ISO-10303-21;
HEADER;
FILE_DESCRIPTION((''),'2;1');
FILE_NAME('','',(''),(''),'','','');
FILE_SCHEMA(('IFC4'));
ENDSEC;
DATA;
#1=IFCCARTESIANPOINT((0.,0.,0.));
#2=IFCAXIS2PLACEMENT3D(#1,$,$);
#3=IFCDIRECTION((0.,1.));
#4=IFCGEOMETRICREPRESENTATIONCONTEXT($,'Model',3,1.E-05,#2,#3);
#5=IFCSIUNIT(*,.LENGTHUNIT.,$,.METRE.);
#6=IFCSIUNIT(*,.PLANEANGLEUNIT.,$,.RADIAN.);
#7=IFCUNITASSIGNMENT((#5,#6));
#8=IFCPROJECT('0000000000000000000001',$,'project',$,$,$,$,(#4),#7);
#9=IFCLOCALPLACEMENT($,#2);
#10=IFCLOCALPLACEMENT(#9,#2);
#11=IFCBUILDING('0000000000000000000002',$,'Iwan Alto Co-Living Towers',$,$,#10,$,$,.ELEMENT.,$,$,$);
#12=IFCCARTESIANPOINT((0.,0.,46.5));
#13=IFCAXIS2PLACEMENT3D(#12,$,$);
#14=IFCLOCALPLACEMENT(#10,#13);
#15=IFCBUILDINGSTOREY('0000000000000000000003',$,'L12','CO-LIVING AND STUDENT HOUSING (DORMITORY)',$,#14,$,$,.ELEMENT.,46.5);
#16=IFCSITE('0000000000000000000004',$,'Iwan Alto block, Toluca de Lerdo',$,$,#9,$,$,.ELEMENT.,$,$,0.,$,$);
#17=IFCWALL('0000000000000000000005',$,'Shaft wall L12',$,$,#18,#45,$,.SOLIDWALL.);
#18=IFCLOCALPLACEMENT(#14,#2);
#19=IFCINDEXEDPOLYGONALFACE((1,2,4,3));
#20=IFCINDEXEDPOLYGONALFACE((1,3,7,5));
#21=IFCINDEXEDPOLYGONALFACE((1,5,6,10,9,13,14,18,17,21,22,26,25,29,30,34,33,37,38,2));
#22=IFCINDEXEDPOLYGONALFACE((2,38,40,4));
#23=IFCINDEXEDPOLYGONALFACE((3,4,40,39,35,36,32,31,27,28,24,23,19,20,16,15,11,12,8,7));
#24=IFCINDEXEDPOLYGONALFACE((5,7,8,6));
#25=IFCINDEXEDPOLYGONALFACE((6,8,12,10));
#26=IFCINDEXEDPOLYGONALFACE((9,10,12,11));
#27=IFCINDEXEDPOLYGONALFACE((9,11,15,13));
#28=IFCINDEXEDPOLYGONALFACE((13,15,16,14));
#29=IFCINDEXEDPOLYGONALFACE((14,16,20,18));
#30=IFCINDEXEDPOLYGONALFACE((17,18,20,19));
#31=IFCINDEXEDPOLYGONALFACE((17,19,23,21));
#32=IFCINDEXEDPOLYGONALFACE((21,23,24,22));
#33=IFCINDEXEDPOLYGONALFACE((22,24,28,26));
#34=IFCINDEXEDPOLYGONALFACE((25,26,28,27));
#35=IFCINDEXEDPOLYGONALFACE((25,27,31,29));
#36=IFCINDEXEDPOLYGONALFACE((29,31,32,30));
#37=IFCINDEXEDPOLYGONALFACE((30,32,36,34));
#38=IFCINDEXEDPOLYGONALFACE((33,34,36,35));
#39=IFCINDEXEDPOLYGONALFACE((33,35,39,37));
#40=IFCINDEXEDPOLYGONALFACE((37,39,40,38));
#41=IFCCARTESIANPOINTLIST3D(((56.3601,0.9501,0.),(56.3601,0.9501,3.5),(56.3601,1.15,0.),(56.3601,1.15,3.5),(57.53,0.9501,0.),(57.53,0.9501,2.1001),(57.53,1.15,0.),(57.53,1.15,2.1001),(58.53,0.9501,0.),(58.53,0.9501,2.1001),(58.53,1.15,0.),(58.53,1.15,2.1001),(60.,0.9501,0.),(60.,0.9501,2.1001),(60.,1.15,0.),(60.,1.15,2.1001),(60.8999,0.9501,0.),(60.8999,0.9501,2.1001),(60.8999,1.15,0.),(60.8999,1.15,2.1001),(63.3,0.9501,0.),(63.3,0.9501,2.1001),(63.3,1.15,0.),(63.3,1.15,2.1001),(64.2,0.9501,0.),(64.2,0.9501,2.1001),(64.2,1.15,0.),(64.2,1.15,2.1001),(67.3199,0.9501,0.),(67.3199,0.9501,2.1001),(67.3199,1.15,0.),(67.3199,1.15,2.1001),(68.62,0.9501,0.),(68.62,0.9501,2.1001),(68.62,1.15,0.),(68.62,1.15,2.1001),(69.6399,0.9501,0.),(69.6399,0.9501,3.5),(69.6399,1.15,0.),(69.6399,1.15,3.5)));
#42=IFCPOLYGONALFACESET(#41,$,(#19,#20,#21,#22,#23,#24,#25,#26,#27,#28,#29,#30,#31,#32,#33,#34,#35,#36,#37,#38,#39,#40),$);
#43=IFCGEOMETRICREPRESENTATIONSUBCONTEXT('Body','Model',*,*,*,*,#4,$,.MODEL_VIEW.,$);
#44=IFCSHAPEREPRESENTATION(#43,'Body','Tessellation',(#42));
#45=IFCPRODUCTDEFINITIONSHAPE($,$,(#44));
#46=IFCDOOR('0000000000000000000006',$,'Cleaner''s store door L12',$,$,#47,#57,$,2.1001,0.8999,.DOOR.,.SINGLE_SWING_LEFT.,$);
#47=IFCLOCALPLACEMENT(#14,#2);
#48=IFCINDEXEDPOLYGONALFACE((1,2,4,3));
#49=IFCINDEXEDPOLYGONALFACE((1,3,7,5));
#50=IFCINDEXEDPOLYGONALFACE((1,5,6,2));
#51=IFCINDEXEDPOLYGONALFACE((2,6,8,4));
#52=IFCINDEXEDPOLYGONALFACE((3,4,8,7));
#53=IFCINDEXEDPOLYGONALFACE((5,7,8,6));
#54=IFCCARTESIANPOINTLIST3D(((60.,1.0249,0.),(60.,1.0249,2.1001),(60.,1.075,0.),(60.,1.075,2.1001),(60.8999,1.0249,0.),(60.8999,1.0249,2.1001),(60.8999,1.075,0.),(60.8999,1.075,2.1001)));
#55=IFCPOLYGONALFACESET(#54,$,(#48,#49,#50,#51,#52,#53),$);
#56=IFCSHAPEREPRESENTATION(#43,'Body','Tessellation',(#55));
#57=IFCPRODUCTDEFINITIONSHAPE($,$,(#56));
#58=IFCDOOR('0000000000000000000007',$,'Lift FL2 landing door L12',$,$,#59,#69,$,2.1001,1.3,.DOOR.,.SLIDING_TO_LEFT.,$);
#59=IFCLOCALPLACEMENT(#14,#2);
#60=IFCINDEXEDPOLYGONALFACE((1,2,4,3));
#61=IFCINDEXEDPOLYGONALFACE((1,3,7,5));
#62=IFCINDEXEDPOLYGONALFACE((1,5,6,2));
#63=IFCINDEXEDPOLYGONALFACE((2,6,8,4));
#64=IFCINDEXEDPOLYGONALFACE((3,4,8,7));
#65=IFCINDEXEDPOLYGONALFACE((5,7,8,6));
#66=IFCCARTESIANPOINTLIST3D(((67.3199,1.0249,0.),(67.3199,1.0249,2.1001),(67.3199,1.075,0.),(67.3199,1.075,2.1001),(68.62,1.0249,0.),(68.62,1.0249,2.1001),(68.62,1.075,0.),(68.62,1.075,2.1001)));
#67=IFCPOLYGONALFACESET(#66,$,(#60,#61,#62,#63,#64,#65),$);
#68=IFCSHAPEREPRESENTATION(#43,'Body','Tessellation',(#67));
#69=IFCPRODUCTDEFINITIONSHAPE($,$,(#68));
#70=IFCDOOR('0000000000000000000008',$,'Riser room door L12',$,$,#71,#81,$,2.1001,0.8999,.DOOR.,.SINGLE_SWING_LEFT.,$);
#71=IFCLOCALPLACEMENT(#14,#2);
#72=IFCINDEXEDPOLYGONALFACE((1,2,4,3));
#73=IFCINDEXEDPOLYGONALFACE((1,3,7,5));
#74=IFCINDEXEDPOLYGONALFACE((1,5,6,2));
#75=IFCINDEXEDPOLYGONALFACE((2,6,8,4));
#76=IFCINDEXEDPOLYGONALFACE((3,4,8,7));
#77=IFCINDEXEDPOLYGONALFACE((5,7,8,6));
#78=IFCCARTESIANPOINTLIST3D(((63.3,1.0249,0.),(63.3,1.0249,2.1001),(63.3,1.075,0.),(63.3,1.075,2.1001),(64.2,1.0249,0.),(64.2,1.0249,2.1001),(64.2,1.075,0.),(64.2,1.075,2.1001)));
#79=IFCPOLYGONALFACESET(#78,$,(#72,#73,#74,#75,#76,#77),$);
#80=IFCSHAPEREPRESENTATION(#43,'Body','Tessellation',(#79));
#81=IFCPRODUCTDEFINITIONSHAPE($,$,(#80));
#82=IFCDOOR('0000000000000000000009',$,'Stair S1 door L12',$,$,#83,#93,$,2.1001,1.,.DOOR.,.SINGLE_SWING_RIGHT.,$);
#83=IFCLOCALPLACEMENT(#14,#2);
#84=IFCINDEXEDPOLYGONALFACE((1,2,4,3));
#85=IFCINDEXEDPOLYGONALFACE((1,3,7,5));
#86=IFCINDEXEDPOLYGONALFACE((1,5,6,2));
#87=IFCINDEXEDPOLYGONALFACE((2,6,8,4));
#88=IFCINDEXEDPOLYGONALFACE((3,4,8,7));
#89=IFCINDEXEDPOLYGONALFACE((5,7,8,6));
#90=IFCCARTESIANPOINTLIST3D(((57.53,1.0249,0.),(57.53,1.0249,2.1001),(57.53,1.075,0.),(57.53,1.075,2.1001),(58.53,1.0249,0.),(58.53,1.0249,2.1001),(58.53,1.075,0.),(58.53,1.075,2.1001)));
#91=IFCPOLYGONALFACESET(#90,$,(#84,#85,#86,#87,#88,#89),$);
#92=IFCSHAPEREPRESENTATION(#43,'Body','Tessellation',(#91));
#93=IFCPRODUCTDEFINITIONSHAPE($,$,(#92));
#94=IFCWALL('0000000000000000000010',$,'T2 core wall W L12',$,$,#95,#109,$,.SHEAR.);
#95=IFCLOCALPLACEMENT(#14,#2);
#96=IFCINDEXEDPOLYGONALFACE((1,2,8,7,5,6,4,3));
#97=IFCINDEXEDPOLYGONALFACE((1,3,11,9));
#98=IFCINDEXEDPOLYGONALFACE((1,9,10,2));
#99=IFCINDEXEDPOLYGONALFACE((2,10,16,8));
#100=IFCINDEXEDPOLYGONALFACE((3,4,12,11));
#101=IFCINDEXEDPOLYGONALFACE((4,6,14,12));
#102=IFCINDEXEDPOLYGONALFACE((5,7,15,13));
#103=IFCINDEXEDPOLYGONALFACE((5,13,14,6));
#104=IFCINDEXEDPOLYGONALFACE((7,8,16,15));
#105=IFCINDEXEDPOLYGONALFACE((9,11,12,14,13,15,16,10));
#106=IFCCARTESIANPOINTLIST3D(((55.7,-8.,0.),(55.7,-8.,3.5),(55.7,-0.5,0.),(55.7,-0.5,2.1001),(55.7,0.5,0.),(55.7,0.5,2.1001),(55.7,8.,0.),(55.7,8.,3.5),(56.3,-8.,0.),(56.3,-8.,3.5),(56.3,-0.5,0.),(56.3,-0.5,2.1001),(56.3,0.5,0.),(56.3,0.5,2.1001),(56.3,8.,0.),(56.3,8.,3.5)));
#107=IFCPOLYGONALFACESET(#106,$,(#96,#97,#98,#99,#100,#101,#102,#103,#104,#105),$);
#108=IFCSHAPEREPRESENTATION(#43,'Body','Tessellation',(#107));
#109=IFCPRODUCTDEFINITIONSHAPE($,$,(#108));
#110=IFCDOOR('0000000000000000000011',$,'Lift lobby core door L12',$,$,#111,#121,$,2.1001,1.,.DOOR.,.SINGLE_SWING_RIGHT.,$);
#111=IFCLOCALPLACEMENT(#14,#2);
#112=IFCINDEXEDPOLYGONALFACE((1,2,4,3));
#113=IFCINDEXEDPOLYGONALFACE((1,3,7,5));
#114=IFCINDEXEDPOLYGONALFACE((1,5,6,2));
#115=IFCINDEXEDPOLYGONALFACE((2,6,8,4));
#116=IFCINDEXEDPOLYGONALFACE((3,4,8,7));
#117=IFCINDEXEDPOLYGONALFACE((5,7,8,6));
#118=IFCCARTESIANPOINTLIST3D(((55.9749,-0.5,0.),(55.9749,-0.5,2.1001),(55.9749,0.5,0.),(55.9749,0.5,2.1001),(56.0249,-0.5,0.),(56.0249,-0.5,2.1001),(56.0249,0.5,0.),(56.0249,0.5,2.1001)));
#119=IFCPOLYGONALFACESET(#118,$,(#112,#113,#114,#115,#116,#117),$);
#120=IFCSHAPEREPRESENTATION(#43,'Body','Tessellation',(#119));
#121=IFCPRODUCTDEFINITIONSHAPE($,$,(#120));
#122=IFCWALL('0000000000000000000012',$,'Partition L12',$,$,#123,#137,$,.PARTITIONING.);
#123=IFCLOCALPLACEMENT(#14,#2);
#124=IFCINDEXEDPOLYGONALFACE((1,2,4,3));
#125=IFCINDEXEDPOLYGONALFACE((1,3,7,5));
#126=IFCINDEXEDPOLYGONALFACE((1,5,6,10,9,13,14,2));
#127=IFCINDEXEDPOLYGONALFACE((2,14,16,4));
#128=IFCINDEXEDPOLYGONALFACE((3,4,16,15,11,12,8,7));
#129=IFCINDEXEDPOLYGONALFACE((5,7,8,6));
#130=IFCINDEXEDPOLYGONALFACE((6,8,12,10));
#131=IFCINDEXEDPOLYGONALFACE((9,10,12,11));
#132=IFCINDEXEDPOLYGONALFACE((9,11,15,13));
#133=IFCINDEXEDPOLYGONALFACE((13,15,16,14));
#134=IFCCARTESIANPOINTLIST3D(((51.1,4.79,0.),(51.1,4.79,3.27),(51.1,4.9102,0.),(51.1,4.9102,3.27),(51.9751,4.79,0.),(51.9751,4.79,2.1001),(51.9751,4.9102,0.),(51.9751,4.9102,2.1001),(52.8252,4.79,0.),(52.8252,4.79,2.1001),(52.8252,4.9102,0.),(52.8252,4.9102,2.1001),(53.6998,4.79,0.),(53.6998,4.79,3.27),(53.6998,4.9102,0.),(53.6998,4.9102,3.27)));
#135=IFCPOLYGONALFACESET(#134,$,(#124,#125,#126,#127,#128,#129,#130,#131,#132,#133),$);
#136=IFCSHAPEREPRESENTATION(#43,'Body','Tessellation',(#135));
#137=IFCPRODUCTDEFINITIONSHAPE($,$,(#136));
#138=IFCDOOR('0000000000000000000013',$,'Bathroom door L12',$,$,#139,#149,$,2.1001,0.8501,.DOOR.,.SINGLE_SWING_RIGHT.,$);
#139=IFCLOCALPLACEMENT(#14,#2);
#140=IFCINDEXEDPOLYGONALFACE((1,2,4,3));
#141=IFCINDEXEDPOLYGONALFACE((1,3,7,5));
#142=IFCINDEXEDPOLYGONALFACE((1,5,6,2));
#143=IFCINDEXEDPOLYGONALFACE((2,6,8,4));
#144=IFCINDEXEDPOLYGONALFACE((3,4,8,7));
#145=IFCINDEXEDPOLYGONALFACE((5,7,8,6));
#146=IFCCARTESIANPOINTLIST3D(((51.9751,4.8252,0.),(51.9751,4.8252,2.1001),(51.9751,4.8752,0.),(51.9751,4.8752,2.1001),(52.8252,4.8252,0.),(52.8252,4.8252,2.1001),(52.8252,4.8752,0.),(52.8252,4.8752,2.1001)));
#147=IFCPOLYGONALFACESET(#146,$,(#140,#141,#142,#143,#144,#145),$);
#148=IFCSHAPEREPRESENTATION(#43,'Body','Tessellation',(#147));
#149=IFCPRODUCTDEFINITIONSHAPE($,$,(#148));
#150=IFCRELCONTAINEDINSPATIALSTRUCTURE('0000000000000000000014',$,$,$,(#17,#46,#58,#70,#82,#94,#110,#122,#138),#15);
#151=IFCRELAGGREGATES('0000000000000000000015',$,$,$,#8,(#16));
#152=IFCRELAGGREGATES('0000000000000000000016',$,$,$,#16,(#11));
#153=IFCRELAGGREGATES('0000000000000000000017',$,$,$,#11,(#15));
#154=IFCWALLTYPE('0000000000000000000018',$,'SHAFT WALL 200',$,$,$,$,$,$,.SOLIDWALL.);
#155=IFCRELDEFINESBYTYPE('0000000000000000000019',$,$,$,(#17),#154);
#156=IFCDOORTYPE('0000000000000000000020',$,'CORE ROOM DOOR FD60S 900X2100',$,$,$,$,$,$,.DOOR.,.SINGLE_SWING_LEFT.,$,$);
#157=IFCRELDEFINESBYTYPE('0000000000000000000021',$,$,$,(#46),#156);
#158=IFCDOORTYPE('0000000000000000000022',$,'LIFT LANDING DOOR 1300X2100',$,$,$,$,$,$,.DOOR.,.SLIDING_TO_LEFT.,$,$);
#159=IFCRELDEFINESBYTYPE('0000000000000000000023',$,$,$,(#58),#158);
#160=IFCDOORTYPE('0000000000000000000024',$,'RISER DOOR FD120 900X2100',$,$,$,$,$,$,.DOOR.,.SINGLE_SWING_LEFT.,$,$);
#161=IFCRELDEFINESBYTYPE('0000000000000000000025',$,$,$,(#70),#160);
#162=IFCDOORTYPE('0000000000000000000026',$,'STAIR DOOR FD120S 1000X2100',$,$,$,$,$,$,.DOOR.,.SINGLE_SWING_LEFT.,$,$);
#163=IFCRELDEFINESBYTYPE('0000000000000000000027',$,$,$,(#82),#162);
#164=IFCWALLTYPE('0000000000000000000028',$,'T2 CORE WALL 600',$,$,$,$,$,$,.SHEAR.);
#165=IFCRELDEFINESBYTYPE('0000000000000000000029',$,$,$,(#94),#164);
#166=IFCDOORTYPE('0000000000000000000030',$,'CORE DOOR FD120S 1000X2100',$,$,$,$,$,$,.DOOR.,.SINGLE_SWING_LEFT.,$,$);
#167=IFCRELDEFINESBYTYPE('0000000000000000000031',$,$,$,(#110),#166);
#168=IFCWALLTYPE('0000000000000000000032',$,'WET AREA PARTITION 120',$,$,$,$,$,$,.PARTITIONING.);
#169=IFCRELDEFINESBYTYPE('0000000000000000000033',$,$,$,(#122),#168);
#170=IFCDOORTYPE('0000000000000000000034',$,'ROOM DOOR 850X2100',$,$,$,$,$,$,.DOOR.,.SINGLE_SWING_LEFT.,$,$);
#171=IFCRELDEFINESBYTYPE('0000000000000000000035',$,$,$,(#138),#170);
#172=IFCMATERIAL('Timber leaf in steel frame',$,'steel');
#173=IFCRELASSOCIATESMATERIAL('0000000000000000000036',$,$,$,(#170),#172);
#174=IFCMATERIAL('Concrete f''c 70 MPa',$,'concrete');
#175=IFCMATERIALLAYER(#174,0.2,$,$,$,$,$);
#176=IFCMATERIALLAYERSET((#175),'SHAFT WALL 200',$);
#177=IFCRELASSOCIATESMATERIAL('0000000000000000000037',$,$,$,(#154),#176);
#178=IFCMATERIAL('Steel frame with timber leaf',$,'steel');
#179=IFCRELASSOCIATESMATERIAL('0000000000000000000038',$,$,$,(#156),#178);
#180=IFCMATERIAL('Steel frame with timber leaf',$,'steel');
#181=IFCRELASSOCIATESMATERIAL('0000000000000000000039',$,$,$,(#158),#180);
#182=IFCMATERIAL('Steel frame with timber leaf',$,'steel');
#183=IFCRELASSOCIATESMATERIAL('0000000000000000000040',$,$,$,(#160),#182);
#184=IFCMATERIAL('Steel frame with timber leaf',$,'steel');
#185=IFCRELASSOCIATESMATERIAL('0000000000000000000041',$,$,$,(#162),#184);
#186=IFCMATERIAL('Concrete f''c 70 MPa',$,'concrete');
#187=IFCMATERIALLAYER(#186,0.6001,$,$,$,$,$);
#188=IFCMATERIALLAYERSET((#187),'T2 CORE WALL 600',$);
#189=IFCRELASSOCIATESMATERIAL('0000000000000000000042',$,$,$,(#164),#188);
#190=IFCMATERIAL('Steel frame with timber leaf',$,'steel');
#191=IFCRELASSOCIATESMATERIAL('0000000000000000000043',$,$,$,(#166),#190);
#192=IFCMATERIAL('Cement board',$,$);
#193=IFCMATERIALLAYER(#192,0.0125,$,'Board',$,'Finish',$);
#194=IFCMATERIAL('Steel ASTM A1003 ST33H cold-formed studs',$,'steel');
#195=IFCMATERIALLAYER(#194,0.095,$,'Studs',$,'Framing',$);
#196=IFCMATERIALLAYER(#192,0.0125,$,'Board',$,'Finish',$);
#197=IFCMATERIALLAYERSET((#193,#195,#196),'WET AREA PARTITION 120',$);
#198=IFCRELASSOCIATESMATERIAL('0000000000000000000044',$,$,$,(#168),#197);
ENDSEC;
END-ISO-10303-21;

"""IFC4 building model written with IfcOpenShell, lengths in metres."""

from ifc_helpers import new_model, si_unit, direction, frame, frame_2d, origin, place, context, subcontext, project, spatial, rectangle, extrude, material, layer, layer_set, type_object, element, fill, save


model = new_model("IFC4")

# Units and contexts
model_context = context("Model", 3, precision=1e-05, world=origin(), true_north=direction((0.0, 1.0)))
body_context = subcontext(model_context, "Body", "Model", "MODEL_VIEW")
ifc_project = project(units=[si_unit("LENGTHUNIT", "METRE"), si_unit("PLANEANGLEUNIT", "RADIAN")], contexts=[model_context])

# Site, building, storey
site_placement = place(None, origin())
site = spatial("IfcSite", under=ifc_project, at=site_placement, Name="Iwan Alto block, Toluca de Lerdo", CompositionType="ELEMENT", RefElevation=0.0)
building_placement = place(site_placement, origin())
building = spatial("IfcBuilding", under=site, at=building_placement, Name="Iwan Alto Co-Living Towers", CompositionType="ELEMENT")
storey_placement = place(building_placement, frame((0.0, 0.0, 46.5)))
storey = spatial("IfcBuildingStorey", under=building, at=storey_placement, Name="L12", Description="CO-LIVING AND STUDENT HOUSING (DORMITORY)", CompositionType="ELEMENT", Elevation=46.5)

# Shared definitions
ifc_material_1 = material(Name="Steel ASTM A1003 ST33H cold-formed studs", Category="steel")

# Shared definitions
ifc_material_2 = material(Name="Timber leaf in steel frame", Category="steel")
door_type_1 = type_object("IfcDoorType", Name="ROOM DOOR 850X2100", OperationType="SINGLE_SWING_LEFT", PredefinedType="DOOR", material=ifc_material_2)

# Wall, openings, doors
ifc_material_3 = material(Name="Concrete f'c 70 MPa", Category="concrete")
ifc_layer_1 = layer(ifc_material_3, 0.2)
ifc_layer_set_1 = layer_set([ifc_layer_1], Name="SHAFT WALL 200")
wall_type_1 = type_object("IfcWallType", Name="SHAFT WALL 200", PredefinedType="SOLIDWALL", material=ifc_layer_set_1)
wall_1_placement = place(storey_placement, frame((56.3601, 1.05, 0.0), z_axis=(0.0, 0.0, 1.0), x_axis=(1.0, 0.0, 0.0)))
wall_1 = element("IfcWall", 1, at=wall_1_placement, inside=storey, type_object=wall_type_1, Name="Shaft wall L12", PredefinedType="SOLIDWALL", context=body_context, shape_type="SweptSolid", body=[
    extrude(rectangle(XDim=13.2798, YDim=0.2, at=frame_2d((6.6399, 0.0))), origin(), (0.0, 0.0, 1.0), 3.5),
])
opening_1_placement = place(wall_1_placement, frame((1.1699, 0.0, 0.0)))
opening_1 = element("IfcOpeningElement", 2, at=opening_1_placement, cuts=wall_1, PredefinedType="OPENING", context=body_context, shape_type="SweptSolid", body=[
    extrude(rectangle(XDim=1.0, YDim=2.1001, at=frame_2d((0.5, 1.05))), frame((0.0, 0.1099, 0.0), z_axis=(0.0, -1.0, 0.0), x_axis=(1.0, 0.0, 0.0)), (0.0, 0.0, 1.0), 0.22),
])
opening_2_placement = place(wall_1_placement, frame((6.9399, 0.0, 0.0)))
opening_2 = element("IfcOpeningElement", 3, at=opening_2_placement, cuts=wall_1, PredefinedType="OPENING", context=body_context, shape_type="SweptSolid", body=[
    extrude(rectangle(XDim=0.8999, YDim=2.1001, at=frame_2d((0.45, 1.05))), frame((0.0, 0.1099, 0.0), z_axis=(0.0, -1.0, 0.0), x_axis=(1.0, 0.0, 0.0)), (0.0, 0.0, 1.0), 0.22),
])
opening_3_placement = place(wall_1_placement, frame((3.6399, 0.0, 0.0)))
opening_3 = element("IfcOpeningElement", 4, at=opening_3_placement, cuts=wall_1, PredefinedType="OPENING", context=body_context, shape_type="SweptSolid", body=[
    extrude(rectangle(XDim=0.8999, YDim=2.1001, at=frame_2d((0.45, 1.05))), frame((0.0, 0.1099, 0.0), z_axis=(0.0, -1.0, 0.0), x_axis=(1.0, 0.0, 0.0)), (0.0, 0.0, 1.0), 0.22),
])
opening_4_placement = place(wall_1_placement, frame((10.96, 0.0, 0.0)))
opening_4 = element("IfcOpeningElement", 5, at=opening_4_placement, cuts=wall_1, PredefinedType="OPENING", context=body_context, shape_type="SweptSolid", body=[
    extrude(rectangle(XDim=1.3, YDim=2.1001, at=frame_2d((0.6499, 1.05))), frame((0.0, 0.1099, 0.0), z_axis=(0.0, -1.0, 0.0), x_axis=(1.0, 0.0, 0.0)), (0.0, 0.0, 1.0), 0.22),
])
ifc_material_4 = material(Name="Steel frame with timber leaf", Category="steel")
door_type_2 = type_object("IfcDoorType", Name="CORE ROOM DOOR FD60S 900X2100", OperationType="SINGLE_SWING_LEFT", PredefinedType="DOOR", material=ifc_material_4)
door_1_placement = place(opening_3_placement, origin())
door_1 = element("IfcDoor", 6, at=door_1_placement, inside=storey, type_object=door_type_2, Name="Cleaner's store door L12", OperationType="SINGLE_SWING_LEFT", OverallHeight=2.1001, OverallWidth=0.8999, PredefinedType="DOOR", context=body_context, shape_type="SweptSolid", body=[
    extrude(rectangle(XDim=0.8999, YDim=2.1001, at=frame_2d((0.45, 1.05))), frame((0.0, 0.0249, 0.0), z_axis=(0.0, -1.0, 0.0), x_axis=(1.0, 0.0, 0.0)), (0.0, 0.0, 1.0), 0.05),
])
fill(opening_3, door_1)
ifc_material_5 = material(Name="Steel frame with timber leaf", Category="steel")
door_type_3 = type_object("IfcDoorType", Name="LIFT LANDING DOOR 1300X2100", OperationType="SLIDING_TO_LEFT", PredefinedType="DOOR", material=ifc_material_5)
door_2_placement = place(opening_4_placement, origin())
door_2 = element("IfcDoor", 7, at=door_2_placement, inside=storey, type_object=door_type_3, Name="Lift FL2 landing door L12", OperationType="SLIDING_TO_LEFT", OverallHeight=2.1001, OverallWidth=1.3, PredefinedType="DOOR", context=body_context, shape_type="SweptSolid", body=[
    extrude(rectangle(XDim=1.3, YDim=2.1001, at=frame_2d((0.6499, 1.05))), frame((0.0, 0.0249, 0.0), z_axis=(0.0, -1.0, 0.0), x_axis=(1.0, 0.0, 0.0)), (0.0, 0.0, 1.0), 0.05),
])
fill(opening_4, door_2)
ifc_material_6 = material(Name="Steel frame with timber leaf", Category="steel")
door_type_4 = type_object("IfcDoorType", Name="RISER DOOR FD120 900X2100", OperationType="SINGLE_SWING_LEFT", PredefinedType="DOOR", material=ifc_material_6)
door_3_placement = place(opening_2_placement, origin())
door_3 = element("IfcDoor", 8, at=door_3_placement, inside=storey, type_object=door_type_4, Name="Riser room door L12", OperationType="SINGLE_SWING_LEFT", OverallHeight=2.1001, OverallWidth=0.8999, PredefinedType="DOOR", context=body_context, shape_type="SweptSolid", body=[
    extrude(rectangle(XDim=0.8999, YDim=2.1001, at=frame_2d((0.45, 1.05))), frame((0.0, 0.0249, 0.0), z_axis=(0.0, -1.0, 0.0), x_axis=(1.0, 0.0, 0.0)), (0.0, 0.0, 1.0), 0.05),
])
fill(opening_2, door_3)
ifc_material_7 = material(Name="Steel frame with timber leaf", Category="steel")
door_type_5 = type_object("IfcDoorType", Name="STAIR DOOR FD120S 1000X2100", OperationType="SINGLE_SWING_LEFT", PredefinedType="DOOR", material=ifc_material_7)
door_4_placement = place(opening_1_placement, origin())
door_4 = element("IfcDoor", 9, at=door_4_placement, inside=storey, type_object=door_type_5, Name="Stair S1 door L12", OperationType="SINGLE_SWING_RIGHT", OverallHeight=2.1001, OverallWidth=1.0, PredefinedType="DOOR", context=body_context, shape_type="SweptSolid", body=[
    extrude(rectangle(XDim=1.0, YDim=2.1001, at=frame_2d((0.5, 1.05))), frame((0.0, 0.0249, 0.0), z_axis=(0.0, -1.0, 0.0), x_axis=(1.0, 0.0, 0.0)), (0.0, 0.0, 1.0), 0.05),
])
fill(opening_1, door_4)

# Walls, openings, doors
ifc_material_8 = material(Name="Concrete f'c 70 MPa", Category="concrete")
ifc_layer_2 = layer(ifc_material_8, 0.6001)
ifc_layer_set_2 = layer_set([ifc_layer_2], Name="T2 CORE WALL 600")
wall_type_2 = type_object("IfcWallType", Name="T2 CORE WALL 600", PredefinedType="SHEAR", material=ifc_layer_set_2)
wall_2_placement = place(storey_placement, frame((56.0, 8.0, 0.0), z_axis=(0.0, 0.0, 1.0), x_axis=(0.0, -1.0, 0.0)))
wall_2 = element("IfcWall", 10, at=wall_2_placement, inside=storey, type_object=wall_type_2, Name="T2 core wall W L12", PredefinedType="SHEAR", context=body_context, shape_type="SweptSolid", body=[
    extrude(rectangle(XDim=16.0, YDim=0.6001, at=frame_2d((8.0, 0.0))), origin(), (0.0, 0.0, 1.0), 3.5),
])
opening_5_placement = place(wall_2_placement, frame((7.5, 0.0, 0.0)))
opening_5 = element("IfcOpeningElement", 11, at=opening_5_placement, cuts=wall_2, PredefinedType="OPENING", context=body_context, shape_type="SweptSolid", body=[
    extrude(rectangle(XDim=1.0, YDim=2.1001, at=frame_2d((0.5, 1.05))), frame((0.0, 0.3101, 0.0), z_axis=(0.0, -1.0, 0.0), x_axis=(1.0, 0.0, 0.0)), (0.0, 0.0, 1.0), 0.6201),
])
ifc_material_9 = material(Name="Steel frame with timber leaf", Category="steel")
door_type_6 = type_object("IfcDoorType", Name="CORE DOOR FD120S 1000X2100", OperationType="SINGLE_SWING_LEFT", PredefinedType="DOOR", material=ifc_material_9)
door_5_placement = place(opening_5_placement, origin())
door_5 = element("IfcDoor", 12, at=door_5_placement, inside=storey, type_object=door_type_6, Name="Lift lobby core door L12", OperationType="SINGLE_SWING_RIGHT", OverallHeight=2.1001, OverallWidth=1.0, PredefinedType="DOOR", context=body_context, shape_type="SweptSolid", body=[
    extrude(rectangle(XDim=1.0, YDim=2.1001, at=frame_2d((0.5, 1.05))), frame((0.0, 0.0249, 0.0), z_axis=(0.0, -1.0, 0.0), x_axis=(1.0, 0.0, 0.0)), (0.0, 0.0, 1.0), 0.05),
])
fill(opening_5, door_5)
ifc_material_10 = material(Name="Cement board")
ifc_layer_3 = layer(ifc_material_10, 0.0125, Name="Board", Category="Finish")
ifc_layer_4 = layer(ifc_material_1, 0.095, Name="Studs", Category="Framing")
ifc_layer_5 = layer(ifc_material_10, 0.0125, Name="Board", Category="Finish")
ifc_layer_set_3 = layer_set([ifc_layer_3, ifc_layer_4, ifc_layer_5], Name="WET AREA PARTITION 120")
wall_type_3 = type_object("IfcWallType", Name="WET AREA PARTITION 120", PredefinedType="PARTITIONING", material=ifc_layer_set_3)
wall_3_placement = place(storey_placement, frame((51.1001, 4.8501, 0.0), z_axis=(0.0, 0.0, 1.0), x_axis=(1.0, 0.0, 0.0)))
wall_3 = element("IfcWall", 13, at=wall_3_placement, inside=storey, type_object=wall_type_3, Name="Partition L12", PredefinedType="PARTITIONING", context=body_context, shape_type="SweptSolid", body=[
    extrude(rectangle(XDim=2.5999, YDim=0.1201, at=frame_2d((1.2998, 0.0))), origin(), (0.0, 0.0, 1.0), 3.27),
])
opening_6_placement = place(wall_3_placement, frame((0.875, 0.0, 0.0)))
opening_6 = element("IfcOpeningElement", 14, at=opening_6_placement, cuts=wall_3, PredefinedType="OPENING", context=body_context, shape_type="SweptSolid", body=[
    extrude(rectangle(XDim=0.8501, YDim=2.1001, at=frame_2d((0.425, 1.05))), frame((0.0, 0.0701, 0.0), z_axis=(0.0, -1.0, 0.0), x_axis=(1.0, 0.0, 0.0)), (0.0, 0.0, 1.0), 0.1401),
])
door_6_placement = place(opening_6_placement, frame((0.8501, 0.0, 0.0), z_axis=(0.0, 0.0, 1.0), x_axis=(-1.0, 0.0, 0.0)))
door_6 = element("IfcDoor", 15, at=door_6_placement, inside=storey, type_object=door_type_1, Name="Bathroom door L12", OperationType="SINGLE_SWING_RIGHT", OverallHeight=2.1001, OverallWidth=0.8501, PredefinedType="DOOR", context=body_context, shape_type="SweptSolid", body=[
    extrude(rectangle(XDim=0.8501, YDim=2.1001, at=frame_2d((0.425, 1.05))), frame((0.0, 0.0249, 0.0), z_axis=(0.0, -1.0, 0.0), x_axis=(1.0, 0.0, 0.0)), (0.0, 0.0, 1.0), 0.05),
])
fill(opening_6, door_6)

save(model, "model.ifc")
